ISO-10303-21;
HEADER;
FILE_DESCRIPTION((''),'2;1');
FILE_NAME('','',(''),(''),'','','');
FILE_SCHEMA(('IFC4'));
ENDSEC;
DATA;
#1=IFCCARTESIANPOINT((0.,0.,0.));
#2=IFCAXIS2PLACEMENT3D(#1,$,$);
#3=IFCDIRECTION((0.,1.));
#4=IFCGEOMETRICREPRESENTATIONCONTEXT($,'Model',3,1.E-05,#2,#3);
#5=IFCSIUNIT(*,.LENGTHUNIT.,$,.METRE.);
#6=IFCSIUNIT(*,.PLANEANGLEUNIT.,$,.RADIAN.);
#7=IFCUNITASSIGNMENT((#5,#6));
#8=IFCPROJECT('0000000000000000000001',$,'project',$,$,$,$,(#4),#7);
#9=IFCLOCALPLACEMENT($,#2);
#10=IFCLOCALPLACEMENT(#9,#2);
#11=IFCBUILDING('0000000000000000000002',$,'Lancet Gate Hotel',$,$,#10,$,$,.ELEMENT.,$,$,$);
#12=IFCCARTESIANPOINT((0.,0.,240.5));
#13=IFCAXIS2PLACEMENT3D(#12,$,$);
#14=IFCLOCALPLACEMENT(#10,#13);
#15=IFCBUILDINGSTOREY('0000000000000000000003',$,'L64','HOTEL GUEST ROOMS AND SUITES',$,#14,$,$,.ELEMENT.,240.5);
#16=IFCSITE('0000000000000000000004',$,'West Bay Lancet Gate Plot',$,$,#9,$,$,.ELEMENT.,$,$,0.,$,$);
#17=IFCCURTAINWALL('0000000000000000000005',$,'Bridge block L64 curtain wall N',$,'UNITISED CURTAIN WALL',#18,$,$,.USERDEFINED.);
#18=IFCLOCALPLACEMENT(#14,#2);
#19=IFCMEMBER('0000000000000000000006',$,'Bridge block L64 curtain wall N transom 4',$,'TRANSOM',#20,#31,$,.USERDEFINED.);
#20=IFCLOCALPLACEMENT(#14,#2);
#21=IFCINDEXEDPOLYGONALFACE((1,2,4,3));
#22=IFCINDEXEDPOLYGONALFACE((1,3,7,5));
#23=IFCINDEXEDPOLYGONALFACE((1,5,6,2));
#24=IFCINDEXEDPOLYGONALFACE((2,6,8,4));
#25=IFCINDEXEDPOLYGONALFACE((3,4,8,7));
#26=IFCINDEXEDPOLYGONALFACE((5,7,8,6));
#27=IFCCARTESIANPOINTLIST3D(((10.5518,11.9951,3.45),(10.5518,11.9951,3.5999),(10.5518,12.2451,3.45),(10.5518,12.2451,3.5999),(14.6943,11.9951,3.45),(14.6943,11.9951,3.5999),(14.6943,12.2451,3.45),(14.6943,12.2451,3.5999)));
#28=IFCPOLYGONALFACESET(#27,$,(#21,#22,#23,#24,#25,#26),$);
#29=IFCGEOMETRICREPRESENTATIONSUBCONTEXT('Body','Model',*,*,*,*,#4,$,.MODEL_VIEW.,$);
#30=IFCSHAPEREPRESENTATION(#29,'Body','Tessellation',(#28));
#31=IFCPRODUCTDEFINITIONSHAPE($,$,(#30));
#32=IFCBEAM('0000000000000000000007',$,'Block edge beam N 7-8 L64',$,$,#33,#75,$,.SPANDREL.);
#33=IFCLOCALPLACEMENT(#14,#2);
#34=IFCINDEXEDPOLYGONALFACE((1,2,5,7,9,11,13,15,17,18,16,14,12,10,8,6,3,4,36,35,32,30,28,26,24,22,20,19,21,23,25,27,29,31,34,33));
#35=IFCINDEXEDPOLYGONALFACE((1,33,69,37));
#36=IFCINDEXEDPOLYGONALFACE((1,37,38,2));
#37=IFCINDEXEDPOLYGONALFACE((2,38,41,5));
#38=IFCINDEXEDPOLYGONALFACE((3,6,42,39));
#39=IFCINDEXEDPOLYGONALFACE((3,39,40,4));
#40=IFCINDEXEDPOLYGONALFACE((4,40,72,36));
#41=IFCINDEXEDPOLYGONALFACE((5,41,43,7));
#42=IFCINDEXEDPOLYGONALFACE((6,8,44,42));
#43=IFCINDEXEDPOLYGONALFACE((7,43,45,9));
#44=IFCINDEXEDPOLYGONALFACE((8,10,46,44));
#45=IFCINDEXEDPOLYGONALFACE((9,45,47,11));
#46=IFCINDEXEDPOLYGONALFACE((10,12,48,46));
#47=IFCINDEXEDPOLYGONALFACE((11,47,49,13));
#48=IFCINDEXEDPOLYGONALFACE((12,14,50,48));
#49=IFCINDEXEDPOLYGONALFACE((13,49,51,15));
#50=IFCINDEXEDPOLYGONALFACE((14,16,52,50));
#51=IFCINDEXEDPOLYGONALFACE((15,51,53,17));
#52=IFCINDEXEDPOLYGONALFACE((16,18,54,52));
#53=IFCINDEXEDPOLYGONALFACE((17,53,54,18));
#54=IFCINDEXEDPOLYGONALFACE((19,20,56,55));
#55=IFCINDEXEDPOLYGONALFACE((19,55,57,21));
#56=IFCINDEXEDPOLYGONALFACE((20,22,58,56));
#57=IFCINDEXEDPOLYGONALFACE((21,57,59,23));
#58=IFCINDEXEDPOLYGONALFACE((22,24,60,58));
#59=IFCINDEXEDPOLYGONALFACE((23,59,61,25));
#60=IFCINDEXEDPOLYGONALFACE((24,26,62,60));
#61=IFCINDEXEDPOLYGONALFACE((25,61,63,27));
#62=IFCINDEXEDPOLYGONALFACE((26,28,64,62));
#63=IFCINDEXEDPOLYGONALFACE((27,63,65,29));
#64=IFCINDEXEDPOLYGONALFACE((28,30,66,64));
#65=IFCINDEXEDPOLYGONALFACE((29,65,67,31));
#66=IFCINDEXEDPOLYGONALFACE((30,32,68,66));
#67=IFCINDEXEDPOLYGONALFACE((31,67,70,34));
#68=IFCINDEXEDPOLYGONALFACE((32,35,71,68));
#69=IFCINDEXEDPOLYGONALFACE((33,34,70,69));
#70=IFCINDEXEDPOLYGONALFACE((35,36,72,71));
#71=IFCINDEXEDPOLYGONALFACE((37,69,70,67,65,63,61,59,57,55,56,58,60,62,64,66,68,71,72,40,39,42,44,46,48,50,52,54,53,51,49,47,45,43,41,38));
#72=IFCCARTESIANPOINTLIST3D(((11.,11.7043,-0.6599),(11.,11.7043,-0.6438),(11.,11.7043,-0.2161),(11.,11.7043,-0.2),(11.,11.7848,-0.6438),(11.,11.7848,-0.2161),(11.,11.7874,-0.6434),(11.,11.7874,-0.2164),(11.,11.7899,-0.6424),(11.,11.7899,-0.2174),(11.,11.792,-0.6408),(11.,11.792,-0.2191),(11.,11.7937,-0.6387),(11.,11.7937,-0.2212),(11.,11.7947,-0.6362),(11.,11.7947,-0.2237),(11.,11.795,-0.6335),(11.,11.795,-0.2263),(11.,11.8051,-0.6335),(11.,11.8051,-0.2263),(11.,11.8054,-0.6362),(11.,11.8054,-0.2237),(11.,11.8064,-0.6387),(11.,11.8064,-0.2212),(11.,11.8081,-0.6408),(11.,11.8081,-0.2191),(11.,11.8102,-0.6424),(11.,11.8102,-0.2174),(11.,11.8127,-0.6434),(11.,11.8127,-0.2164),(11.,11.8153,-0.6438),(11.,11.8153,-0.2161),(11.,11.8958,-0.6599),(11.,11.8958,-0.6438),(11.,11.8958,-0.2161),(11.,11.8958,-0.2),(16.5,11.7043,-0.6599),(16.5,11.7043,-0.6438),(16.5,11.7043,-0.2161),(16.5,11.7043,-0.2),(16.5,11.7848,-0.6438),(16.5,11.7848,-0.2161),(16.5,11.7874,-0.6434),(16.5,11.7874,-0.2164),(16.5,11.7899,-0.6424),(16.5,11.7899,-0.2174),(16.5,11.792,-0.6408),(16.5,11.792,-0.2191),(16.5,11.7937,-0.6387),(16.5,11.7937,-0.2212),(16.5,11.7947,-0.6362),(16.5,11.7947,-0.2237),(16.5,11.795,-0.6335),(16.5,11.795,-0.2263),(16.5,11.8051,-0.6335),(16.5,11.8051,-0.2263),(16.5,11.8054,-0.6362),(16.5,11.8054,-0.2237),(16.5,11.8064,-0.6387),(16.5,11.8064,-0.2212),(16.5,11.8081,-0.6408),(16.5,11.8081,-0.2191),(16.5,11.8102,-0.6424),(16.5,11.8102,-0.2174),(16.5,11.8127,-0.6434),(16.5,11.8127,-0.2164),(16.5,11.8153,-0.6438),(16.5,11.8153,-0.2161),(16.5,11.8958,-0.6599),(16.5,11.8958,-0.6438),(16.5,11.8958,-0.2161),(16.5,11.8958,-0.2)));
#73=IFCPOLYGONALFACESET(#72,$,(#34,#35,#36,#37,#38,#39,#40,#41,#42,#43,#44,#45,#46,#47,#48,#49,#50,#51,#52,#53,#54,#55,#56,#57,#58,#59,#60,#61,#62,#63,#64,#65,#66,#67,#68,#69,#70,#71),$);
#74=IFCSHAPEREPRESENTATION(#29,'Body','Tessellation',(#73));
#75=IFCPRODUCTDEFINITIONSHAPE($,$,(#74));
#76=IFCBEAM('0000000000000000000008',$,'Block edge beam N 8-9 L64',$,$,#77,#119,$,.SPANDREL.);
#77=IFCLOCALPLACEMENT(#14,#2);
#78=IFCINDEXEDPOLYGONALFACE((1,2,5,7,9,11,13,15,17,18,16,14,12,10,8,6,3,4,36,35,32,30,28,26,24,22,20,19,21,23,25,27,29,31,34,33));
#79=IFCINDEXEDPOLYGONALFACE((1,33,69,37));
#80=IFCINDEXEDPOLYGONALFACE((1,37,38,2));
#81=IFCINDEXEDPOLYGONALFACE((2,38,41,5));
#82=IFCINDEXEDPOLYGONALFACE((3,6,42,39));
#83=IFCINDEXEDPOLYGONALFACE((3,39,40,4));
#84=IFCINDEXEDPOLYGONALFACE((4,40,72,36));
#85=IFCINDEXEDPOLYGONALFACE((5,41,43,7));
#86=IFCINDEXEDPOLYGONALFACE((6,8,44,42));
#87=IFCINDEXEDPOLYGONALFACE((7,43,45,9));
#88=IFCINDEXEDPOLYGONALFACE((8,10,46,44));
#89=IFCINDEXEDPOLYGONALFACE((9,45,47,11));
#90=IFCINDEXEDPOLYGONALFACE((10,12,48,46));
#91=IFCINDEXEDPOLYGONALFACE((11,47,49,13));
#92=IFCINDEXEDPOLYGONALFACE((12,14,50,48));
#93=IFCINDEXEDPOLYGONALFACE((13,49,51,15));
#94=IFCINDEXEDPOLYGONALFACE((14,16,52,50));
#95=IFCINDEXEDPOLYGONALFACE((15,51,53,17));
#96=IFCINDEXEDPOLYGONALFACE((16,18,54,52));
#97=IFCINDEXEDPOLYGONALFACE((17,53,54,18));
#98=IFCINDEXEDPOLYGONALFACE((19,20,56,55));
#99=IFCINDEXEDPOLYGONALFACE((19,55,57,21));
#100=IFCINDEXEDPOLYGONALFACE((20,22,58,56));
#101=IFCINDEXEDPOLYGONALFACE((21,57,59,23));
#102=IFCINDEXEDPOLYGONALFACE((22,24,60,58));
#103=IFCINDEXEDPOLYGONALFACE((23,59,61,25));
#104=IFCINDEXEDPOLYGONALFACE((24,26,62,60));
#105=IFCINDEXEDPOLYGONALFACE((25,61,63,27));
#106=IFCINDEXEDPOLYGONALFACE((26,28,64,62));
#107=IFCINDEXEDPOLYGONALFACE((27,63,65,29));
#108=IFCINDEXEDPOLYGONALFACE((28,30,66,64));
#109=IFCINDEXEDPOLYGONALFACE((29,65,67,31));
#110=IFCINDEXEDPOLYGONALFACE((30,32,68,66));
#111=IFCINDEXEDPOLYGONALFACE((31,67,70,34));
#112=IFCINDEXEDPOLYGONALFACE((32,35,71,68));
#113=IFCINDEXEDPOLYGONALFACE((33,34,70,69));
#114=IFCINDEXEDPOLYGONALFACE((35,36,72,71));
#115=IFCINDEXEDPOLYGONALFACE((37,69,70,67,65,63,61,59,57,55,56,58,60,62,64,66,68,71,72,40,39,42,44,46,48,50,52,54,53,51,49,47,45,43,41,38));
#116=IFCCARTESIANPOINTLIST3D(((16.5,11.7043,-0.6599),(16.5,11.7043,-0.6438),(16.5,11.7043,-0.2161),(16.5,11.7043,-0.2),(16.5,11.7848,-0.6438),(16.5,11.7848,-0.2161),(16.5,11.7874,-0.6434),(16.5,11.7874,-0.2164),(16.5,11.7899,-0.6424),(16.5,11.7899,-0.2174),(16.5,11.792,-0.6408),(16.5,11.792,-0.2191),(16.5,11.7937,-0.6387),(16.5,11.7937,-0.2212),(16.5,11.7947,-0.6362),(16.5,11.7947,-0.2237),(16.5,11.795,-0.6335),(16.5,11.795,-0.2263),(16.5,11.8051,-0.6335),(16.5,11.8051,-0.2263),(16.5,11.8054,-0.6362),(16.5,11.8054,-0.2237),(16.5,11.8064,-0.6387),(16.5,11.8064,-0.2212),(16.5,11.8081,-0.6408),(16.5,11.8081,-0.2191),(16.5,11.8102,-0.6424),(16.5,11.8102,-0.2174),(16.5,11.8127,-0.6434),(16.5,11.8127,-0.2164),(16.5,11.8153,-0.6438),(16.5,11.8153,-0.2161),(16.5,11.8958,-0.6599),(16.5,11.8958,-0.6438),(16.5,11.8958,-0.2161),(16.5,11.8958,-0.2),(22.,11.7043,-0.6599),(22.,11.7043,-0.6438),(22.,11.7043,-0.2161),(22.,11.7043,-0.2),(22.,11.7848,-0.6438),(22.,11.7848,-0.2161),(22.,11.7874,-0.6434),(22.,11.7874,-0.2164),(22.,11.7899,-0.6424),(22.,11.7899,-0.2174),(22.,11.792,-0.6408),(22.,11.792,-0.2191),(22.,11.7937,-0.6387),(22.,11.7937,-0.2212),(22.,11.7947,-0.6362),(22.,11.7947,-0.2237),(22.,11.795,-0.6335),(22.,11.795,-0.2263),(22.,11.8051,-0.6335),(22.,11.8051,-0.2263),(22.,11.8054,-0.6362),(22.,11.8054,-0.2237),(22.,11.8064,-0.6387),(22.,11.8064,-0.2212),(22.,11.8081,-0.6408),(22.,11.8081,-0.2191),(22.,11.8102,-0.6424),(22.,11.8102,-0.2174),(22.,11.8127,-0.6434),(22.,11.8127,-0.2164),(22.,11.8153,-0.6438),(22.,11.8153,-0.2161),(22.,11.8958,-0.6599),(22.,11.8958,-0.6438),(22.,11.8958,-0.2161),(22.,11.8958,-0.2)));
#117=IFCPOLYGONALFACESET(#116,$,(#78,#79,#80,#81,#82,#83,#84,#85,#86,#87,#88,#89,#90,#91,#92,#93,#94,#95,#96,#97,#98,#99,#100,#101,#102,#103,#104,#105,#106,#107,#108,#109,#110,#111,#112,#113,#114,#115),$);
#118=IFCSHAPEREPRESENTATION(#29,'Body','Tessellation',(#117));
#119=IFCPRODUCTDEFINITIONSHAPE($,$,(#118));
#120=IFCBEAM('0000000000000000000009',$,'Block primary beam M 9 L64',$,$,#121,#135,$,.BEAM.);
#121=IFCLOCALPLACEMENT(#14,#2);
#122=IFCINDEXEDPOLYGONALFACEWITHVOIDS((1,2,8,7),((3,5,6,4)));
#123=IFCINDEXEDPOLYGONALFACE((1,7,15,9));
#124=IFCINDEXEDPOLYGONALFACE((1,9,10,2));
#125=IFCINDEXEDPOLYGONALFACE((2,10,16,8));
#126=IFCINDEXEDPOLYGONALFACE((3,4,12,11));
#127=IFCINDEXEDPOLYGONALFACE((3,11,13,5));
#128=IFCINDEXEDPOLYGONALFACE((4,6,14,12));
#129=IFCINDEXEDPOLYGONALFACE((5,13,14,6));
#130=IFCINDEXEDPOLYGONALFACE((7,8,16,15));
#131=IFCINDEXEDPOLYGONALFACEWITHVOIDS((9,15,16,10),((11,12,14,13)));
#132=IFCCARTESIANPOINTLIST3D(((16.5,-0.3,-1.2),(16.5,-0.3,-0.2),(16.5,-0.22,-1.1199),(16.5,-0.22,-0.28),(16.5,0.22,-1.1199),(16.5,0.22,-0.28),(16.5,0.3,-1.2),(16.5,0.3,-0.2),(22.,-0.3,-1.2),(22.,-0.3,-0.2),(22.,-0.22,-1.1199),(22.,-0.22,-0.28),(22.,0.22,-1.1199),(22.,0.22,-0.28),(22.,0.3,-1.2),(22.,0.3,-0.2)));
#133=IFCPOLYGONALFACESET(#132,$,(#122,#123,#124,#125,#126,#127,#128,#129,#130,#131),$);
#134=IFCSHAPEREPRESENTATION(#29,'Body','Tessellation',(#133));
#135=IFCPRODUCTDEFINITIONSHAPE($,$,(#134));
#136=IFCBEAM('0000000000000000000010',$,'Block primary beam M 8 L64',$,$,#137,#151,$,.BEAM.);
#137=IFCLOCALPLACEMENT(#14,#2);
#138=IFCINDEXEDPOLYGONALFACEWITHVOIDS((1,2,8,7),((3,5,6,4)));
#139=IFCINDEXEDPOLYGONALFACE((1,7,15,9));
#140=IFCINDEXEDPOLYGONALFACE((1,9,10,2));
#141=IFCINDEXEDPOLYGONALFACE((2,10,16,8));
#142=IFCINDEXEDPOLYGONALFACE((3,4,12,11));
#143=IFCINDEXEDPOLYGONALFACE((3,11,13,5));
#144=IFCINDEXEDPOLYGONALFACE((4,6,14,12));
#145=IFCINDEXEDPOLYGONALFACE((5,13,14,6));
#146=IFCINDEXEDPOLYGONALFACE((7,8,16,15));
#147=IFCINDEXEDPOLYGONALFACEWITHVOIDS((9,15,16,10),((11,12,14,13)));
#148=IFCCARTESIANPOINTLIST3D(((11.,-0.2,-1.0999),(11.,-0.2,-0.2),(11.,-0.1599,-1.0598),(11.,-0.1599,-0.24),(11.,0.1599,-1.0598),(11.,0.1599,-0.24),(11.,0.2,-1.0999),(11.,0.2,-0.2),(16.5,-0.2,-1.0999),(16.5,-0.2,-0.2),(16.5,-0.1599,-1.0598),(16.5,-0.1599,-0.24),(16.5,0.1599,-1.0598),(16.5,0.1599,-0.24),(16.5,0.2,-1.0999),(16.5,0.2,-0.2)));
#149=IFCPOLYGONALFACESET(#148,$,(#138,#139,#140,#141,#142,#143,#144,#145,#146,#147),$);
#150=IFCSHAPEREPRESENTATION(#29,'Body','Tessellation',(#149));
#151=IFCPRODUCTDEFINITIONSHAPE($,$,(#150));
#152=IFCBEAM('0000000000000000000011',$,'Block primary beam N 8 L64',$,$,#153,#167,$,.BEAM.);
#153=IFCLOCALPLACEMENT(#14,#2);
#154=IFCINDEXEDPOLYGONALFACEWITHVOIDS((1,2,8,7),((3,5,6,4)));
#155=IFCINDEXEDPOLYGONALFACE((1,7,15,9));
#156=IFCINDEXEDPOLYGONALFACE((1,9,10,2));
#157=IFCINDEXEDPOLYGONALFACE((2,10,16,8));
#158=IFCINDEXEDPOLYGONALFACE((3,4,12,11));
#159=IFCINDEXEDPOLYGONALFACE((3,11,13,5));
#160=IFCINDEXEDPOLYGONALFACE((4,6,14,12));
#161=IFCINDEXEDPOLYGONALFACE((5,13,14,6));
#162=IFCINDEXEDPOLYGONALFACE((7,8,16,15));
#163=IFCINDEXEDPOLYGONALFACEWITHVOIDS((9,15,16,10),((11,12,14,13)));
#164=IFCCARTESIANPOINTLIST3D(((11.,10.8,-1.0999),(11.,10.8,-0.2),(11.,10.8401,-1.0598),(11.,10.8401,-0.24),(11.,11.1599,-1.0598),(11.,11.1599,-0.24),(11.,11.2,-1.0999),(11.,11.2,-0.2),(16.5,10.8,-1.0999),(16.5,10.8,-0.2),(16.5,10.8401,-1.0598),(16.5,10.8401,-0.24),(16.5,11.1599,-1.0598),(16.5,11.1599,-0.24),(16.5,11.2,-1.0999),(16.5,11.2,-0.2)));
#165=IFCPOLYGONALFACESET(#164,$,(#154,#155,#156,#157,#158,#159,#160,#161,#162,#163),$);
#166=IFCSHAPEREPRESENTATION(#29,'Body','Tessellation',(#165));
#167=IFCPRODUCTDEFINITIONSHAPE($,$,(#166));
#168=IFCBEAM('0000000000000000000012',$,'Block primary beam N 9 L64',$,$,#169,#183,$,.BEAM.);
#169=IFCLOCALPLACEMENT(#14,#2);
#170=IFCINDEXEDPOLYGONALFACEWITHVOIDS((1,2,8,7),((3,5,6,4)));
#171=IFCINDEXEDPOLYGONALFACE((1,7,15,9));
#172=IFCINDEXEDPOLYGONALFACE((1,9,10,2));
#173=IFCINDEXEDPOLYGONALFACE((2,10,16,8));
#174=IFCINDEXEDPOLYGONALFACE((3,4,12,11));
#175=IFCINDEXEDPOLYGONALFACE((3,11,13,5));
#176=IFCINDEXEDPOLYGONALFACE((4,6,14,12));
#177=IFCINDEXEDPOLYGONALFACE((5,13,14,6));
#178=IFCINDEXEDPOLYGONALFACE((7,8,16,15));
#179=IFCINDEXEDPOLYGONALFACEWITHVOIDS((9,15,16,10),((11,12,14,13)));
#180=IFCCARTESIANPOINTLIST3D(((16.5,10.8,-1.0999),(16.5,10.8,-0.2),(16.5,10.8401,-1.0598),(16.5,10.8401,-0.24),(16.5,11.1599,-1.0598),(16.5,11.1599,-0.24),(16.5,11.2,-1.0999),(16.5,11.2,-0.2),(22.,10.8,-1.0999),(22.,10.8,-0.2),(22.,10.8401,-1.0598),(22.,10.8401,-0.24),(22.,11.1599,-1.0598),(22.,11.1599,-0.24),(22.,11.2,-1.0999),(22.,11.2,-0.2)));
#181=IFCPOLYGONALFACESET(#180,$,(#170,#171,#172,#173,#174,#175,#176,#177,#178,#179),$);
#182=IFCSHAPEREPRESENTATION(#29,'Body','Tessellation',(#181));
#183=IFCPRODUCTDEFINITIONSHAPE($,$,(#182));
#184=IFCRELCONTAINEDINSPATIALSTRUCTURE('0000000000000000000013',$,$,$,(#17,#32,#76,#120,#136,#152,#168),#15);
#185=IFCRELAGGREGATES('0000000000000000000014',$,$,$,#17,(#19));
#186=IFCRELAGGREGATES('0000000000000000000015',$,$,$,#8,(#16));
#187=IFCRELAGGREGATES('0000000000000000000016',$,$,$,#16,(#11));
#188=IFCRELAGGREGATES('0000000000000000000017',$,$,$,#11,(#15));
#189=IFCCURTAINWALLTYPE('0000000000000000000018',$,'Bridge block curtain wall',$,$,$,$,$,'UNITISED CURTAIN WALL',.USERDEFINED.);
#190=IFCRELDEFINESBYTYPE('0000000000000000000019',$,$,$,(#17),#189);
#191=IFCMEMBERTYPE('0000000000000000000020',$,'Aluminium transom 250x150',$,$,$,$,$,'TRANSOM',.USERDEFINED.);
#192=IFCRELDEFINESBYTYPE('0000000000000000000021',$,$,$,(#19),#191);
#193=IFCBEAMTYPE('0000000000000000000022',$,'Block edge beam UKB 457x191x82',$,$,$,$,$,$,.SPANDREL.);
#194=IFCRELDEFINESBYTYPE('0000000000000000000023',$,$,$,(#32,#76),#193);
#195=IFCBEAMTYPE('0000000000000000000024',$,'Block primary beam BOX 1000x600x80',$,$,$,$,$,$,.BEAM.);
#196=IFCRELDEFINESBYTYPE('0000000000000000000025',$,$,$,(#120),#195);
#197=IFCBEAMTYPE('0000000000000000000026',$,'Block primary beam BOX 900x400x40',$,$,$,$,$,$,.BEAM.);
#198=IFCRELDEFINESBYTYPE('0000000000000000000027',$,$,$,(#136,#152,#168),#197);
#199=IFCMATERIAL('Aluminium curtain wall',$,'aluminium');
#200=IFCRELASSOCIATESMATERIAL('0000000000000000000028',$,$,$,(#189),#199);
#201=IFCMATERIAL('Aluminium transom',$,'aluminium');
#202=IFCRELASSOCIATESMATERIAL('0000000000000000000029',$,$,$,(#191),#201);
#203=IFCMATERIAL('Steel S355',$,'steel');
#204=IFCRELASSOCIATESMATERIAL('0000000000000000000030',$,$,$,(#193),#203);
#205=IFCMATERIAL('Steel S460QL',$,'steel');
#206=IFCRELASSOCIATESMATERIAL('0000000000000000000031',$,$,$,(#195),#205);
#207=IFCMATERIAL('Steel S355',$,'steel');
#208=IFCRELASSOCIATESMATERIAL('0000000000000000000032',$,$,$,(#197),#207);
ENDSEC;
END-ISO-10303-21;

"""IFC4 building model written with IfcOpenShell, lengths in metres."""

from ifc_helpers import new_model, si_unit, direction, frame, origin, origin_2d, place, context, subcontext, project, spatial, rectangle, hollow_rectangle, i_section, extrude, material, material_profile, profile_set, type_object, element, aggregate, save


model = new_model("IFC4")

# Units and contexts
model_context = context("Model", 3, precision=1e-05, world=origin(), true_north=direction((0.0, 1.0)))
body_context = subcontext(model_context, "Body", "Model", "MODEL_VIEW")
ifc_project = project(units=[si_unit("LENGTHUNIT", "METRE"), si_unit("PLANEANGLEUNIT", "RADIAN")], contexts=[model_context])

# Site, building, storey
site_placement = place(None, origin())
site = spatial("IfcSite", under=ifc_project, at=site_placement, Name="West Bay Lancet Gate Plot", CompositionType="ELEMENT", RefElevation=0.0)
building_placement = place(site_placement, origin())
building = spatial("IfcBuilding", under=site, at=building_placement, Name="Lancet Gate Hotel", CompositionType="ELEMENT")
storey_placement = place(building_placement, frame((0.0, 0.0, 240.5)))
storey = spatial("IfcBuildingStorey", under=building, at=storey_placement, Name="L64", Description="HOTEL GUEST ROOMS AND SUITES", CompositionType="ELEMENT", Elevation=240.5)

# Curtain wall, member
ifc_material_1 = material(Name="Aluminium curtain wall", Category="aluminium")
curtain_wall_type = type_object("IfcCurtainWallType", Name="Bridge block curtain wall", ElementType="UNITISED CURTAIN WALL", PredefinedType="USERDEFINED", material=ifc_material_1)
curtain_wall_placement = place(storey_placement, origin())
curtain_wall = element("IfcCurtainWall", 1, at=curtain_wall_placement, inside=storey, type_object=curtain_wall_type, Name="Bridge block L64 curtain wall N", ObjectType="UNITISED CURTAIN WALL", PredefinedType="USERDEFINED")
ifc_material_2 = material(Name="Aluminium transom", Category="aluminium")
ifc_material_profile_1 = material_profile(ifc_material_2, rectangle(XDim=0.25, YDim=0.1499, at=origin_2d()), Name="TRANSOM 250x150")
ifc_profile_set_1 = profile_set([ifc_material_profile_1], Name="Aluminium transom")
member_type_1 = type_object("IfcMemberType", Name="Aluminium transom 250x150", ElementType="TRANSOM", PredefinedType="USERDEFINED", material=ifc_profile_set_1)
member_1_placement = place(storey_placement, frame((14.6943, 12.1201, 3.5249), z_axis=(-1.0, 0.0, 0.0), x_axis=(0.0, -1.0, 0.0)))
member_1 = element("IfcMember", 2, at=member_1_placement, type_object=member_type_1, Name="Bridge block L64 curtain wall N transom 4", ObjectType="TRANSOM", PredefinedType="USERDEFINED", context=body_context, shape_type="SweptSolid", body=[
    extrude(rectangle(XDim=0.25, YDim=0.1499, at=origin_2d()), origin(), (0.0, 0.0, 1.0), 4.1426),
])

# Beams
ifc_material_3 = material(Name="Steel S355", Category="steel")
ifc_material_profile_2 = material_profile(ifc_material_3, i_section(OverallWidth=0.1914, OverallDepth=0.46, WebThickness=0.01, FlangeThickness=0.0161, FilletRadius=0.0103, at=origin_2d()), Name="UKB 457x191x82")
ifc_profile_set_2 = profile_set([ifc_material_profile_2], Name="Steel S355")
beam_type_1 = type_object("IfcBeamType", Name="Block edge beam UKB 457x191x82", PredefinedType="SPANDREL", material=ifc_profile_set_2)
for number, where, z_axis, x_axis, name in (
    (3, (11.0, 11.8, -0.4299), (1.0, 0.0, 0.0), (0.0, 1.0, 0.0), "Block edge beam N 7-8 L64"),
    (4, (16.5, 11.8, -0.4299), (1.0, 0.0, 0.0), (0.0, 1.0, 0.0), "Block edge beam N 8-9 L64"),
):
    element("IfcBeam", number, at=place(storey_placement, frame(where, z_axis=z_axis, x_axis=x_axis)), inside=storey, type_object=beam_type_1, Name=name, PredefinedType="SPANDREL", context=body_context, shape_type="SweptSolid", body=[
        extrude(i_section(OverallWidth=0.1914, OverallDepth=0.46, WebThickness=0.01, FlangeThickness=0.0161, FilletRadius=0.0103, at=origin_2d()), origin(), (0.0, 0.0, 1.0), 5.5),
    ])
ifc_material_4 = material(Name="Steel S460QL", Category="steel")
ifc_material_profile_3 = material_profile(ifc_material_4, hollow_rectangle(XDim=0.6001, YDim=1.0, WallThickness=0.0801, at=origin_2d()), Name="BOX 1000x600x80")
ifc_profile_set_3 = profile_set([ifc_material_profile_3], Name="Steel S460QL")
beam_type_2 = type_object("IfcBeamType", Name="Block primary beam BOX 1000x600x80", PredefinedType="BEAM", material=ifc_profile_set_3)
beam_placement = place(storey_placement, frame((16.5, 0.0, -0.7), z_axis=(1.0, 0.0, 0.0), x_axis=(0.0, 1.0, 0.0)))
element("IfcBeam", 5, at=beam_placement, inside=storey, type_object=beam_type_2, Name="Block primary beam M 9 L64", PredefinedType="BEAM", context=body_context, shape_type="SweptSolid", body=[
    extrude(hollow_rectangle(XDim=0.6001, YDim=1.0, WallThickness=0.0801, at=origin_2d()), origin(), (0.0, 0.0, 1.0), 5.5),
])
ifc_material_5 = material(Name="Steel S355", Category="steel")
ifc_material_profile_4 = material_profile(ifc_material_5, hollow_rectangle(XDim=0.3999, YDim=0.8999, WallThickness=0.04, at=origin_2d()), Name="BOX 900x400x40")
ifc_profile_set_4 = profile_set([ifc_material_profile_4], Name="Steel S355")
beam_type_3 = type_object("IfcBeamType", Name="Block primary beam BOX 900x400x40", PredefinedType="BEAM", material=ifc_profile_set_4)
for number, where, z_axis, x_axis, name in (
    (6, (11.0, 0.0, -0.6499), (1.0, 0.0, 0.0), (0.0, 1.0, 0.0), "Block primary beam M 8 L64"),
    (7, (11.0, 11.0, -0.6499), (1.0, 0.0, 0.0), (0.0, 1.0, 0.0), "Block primary beam N 8 L64"),
    (8, (16.5, 11.0, -0.6499), (1.0, 0.0, 0.0), (0.0, 1.0, 0.0), "Block primary beam N 9 L64"),
):
    element("IfcBeam", number, at=place(storey_placement, frame(where, z_axis=z_axis, x_axis=x_axis)), inside=storey, type_object=beam_type_3, Name=name, PredefinedType="BEAM", context=body_context, shape_type="SweptSolid", body=[
        extrude(hollow_rectangle(XDim=0.3999, YDim=0.8999, WallThickness=0.04, at=origin_2d()), origin(), (0.0, 0.0, 1.0), 5.5),
    ])

aggregate(curtain_wall, [member_1])

save(model, "model.ifc")
